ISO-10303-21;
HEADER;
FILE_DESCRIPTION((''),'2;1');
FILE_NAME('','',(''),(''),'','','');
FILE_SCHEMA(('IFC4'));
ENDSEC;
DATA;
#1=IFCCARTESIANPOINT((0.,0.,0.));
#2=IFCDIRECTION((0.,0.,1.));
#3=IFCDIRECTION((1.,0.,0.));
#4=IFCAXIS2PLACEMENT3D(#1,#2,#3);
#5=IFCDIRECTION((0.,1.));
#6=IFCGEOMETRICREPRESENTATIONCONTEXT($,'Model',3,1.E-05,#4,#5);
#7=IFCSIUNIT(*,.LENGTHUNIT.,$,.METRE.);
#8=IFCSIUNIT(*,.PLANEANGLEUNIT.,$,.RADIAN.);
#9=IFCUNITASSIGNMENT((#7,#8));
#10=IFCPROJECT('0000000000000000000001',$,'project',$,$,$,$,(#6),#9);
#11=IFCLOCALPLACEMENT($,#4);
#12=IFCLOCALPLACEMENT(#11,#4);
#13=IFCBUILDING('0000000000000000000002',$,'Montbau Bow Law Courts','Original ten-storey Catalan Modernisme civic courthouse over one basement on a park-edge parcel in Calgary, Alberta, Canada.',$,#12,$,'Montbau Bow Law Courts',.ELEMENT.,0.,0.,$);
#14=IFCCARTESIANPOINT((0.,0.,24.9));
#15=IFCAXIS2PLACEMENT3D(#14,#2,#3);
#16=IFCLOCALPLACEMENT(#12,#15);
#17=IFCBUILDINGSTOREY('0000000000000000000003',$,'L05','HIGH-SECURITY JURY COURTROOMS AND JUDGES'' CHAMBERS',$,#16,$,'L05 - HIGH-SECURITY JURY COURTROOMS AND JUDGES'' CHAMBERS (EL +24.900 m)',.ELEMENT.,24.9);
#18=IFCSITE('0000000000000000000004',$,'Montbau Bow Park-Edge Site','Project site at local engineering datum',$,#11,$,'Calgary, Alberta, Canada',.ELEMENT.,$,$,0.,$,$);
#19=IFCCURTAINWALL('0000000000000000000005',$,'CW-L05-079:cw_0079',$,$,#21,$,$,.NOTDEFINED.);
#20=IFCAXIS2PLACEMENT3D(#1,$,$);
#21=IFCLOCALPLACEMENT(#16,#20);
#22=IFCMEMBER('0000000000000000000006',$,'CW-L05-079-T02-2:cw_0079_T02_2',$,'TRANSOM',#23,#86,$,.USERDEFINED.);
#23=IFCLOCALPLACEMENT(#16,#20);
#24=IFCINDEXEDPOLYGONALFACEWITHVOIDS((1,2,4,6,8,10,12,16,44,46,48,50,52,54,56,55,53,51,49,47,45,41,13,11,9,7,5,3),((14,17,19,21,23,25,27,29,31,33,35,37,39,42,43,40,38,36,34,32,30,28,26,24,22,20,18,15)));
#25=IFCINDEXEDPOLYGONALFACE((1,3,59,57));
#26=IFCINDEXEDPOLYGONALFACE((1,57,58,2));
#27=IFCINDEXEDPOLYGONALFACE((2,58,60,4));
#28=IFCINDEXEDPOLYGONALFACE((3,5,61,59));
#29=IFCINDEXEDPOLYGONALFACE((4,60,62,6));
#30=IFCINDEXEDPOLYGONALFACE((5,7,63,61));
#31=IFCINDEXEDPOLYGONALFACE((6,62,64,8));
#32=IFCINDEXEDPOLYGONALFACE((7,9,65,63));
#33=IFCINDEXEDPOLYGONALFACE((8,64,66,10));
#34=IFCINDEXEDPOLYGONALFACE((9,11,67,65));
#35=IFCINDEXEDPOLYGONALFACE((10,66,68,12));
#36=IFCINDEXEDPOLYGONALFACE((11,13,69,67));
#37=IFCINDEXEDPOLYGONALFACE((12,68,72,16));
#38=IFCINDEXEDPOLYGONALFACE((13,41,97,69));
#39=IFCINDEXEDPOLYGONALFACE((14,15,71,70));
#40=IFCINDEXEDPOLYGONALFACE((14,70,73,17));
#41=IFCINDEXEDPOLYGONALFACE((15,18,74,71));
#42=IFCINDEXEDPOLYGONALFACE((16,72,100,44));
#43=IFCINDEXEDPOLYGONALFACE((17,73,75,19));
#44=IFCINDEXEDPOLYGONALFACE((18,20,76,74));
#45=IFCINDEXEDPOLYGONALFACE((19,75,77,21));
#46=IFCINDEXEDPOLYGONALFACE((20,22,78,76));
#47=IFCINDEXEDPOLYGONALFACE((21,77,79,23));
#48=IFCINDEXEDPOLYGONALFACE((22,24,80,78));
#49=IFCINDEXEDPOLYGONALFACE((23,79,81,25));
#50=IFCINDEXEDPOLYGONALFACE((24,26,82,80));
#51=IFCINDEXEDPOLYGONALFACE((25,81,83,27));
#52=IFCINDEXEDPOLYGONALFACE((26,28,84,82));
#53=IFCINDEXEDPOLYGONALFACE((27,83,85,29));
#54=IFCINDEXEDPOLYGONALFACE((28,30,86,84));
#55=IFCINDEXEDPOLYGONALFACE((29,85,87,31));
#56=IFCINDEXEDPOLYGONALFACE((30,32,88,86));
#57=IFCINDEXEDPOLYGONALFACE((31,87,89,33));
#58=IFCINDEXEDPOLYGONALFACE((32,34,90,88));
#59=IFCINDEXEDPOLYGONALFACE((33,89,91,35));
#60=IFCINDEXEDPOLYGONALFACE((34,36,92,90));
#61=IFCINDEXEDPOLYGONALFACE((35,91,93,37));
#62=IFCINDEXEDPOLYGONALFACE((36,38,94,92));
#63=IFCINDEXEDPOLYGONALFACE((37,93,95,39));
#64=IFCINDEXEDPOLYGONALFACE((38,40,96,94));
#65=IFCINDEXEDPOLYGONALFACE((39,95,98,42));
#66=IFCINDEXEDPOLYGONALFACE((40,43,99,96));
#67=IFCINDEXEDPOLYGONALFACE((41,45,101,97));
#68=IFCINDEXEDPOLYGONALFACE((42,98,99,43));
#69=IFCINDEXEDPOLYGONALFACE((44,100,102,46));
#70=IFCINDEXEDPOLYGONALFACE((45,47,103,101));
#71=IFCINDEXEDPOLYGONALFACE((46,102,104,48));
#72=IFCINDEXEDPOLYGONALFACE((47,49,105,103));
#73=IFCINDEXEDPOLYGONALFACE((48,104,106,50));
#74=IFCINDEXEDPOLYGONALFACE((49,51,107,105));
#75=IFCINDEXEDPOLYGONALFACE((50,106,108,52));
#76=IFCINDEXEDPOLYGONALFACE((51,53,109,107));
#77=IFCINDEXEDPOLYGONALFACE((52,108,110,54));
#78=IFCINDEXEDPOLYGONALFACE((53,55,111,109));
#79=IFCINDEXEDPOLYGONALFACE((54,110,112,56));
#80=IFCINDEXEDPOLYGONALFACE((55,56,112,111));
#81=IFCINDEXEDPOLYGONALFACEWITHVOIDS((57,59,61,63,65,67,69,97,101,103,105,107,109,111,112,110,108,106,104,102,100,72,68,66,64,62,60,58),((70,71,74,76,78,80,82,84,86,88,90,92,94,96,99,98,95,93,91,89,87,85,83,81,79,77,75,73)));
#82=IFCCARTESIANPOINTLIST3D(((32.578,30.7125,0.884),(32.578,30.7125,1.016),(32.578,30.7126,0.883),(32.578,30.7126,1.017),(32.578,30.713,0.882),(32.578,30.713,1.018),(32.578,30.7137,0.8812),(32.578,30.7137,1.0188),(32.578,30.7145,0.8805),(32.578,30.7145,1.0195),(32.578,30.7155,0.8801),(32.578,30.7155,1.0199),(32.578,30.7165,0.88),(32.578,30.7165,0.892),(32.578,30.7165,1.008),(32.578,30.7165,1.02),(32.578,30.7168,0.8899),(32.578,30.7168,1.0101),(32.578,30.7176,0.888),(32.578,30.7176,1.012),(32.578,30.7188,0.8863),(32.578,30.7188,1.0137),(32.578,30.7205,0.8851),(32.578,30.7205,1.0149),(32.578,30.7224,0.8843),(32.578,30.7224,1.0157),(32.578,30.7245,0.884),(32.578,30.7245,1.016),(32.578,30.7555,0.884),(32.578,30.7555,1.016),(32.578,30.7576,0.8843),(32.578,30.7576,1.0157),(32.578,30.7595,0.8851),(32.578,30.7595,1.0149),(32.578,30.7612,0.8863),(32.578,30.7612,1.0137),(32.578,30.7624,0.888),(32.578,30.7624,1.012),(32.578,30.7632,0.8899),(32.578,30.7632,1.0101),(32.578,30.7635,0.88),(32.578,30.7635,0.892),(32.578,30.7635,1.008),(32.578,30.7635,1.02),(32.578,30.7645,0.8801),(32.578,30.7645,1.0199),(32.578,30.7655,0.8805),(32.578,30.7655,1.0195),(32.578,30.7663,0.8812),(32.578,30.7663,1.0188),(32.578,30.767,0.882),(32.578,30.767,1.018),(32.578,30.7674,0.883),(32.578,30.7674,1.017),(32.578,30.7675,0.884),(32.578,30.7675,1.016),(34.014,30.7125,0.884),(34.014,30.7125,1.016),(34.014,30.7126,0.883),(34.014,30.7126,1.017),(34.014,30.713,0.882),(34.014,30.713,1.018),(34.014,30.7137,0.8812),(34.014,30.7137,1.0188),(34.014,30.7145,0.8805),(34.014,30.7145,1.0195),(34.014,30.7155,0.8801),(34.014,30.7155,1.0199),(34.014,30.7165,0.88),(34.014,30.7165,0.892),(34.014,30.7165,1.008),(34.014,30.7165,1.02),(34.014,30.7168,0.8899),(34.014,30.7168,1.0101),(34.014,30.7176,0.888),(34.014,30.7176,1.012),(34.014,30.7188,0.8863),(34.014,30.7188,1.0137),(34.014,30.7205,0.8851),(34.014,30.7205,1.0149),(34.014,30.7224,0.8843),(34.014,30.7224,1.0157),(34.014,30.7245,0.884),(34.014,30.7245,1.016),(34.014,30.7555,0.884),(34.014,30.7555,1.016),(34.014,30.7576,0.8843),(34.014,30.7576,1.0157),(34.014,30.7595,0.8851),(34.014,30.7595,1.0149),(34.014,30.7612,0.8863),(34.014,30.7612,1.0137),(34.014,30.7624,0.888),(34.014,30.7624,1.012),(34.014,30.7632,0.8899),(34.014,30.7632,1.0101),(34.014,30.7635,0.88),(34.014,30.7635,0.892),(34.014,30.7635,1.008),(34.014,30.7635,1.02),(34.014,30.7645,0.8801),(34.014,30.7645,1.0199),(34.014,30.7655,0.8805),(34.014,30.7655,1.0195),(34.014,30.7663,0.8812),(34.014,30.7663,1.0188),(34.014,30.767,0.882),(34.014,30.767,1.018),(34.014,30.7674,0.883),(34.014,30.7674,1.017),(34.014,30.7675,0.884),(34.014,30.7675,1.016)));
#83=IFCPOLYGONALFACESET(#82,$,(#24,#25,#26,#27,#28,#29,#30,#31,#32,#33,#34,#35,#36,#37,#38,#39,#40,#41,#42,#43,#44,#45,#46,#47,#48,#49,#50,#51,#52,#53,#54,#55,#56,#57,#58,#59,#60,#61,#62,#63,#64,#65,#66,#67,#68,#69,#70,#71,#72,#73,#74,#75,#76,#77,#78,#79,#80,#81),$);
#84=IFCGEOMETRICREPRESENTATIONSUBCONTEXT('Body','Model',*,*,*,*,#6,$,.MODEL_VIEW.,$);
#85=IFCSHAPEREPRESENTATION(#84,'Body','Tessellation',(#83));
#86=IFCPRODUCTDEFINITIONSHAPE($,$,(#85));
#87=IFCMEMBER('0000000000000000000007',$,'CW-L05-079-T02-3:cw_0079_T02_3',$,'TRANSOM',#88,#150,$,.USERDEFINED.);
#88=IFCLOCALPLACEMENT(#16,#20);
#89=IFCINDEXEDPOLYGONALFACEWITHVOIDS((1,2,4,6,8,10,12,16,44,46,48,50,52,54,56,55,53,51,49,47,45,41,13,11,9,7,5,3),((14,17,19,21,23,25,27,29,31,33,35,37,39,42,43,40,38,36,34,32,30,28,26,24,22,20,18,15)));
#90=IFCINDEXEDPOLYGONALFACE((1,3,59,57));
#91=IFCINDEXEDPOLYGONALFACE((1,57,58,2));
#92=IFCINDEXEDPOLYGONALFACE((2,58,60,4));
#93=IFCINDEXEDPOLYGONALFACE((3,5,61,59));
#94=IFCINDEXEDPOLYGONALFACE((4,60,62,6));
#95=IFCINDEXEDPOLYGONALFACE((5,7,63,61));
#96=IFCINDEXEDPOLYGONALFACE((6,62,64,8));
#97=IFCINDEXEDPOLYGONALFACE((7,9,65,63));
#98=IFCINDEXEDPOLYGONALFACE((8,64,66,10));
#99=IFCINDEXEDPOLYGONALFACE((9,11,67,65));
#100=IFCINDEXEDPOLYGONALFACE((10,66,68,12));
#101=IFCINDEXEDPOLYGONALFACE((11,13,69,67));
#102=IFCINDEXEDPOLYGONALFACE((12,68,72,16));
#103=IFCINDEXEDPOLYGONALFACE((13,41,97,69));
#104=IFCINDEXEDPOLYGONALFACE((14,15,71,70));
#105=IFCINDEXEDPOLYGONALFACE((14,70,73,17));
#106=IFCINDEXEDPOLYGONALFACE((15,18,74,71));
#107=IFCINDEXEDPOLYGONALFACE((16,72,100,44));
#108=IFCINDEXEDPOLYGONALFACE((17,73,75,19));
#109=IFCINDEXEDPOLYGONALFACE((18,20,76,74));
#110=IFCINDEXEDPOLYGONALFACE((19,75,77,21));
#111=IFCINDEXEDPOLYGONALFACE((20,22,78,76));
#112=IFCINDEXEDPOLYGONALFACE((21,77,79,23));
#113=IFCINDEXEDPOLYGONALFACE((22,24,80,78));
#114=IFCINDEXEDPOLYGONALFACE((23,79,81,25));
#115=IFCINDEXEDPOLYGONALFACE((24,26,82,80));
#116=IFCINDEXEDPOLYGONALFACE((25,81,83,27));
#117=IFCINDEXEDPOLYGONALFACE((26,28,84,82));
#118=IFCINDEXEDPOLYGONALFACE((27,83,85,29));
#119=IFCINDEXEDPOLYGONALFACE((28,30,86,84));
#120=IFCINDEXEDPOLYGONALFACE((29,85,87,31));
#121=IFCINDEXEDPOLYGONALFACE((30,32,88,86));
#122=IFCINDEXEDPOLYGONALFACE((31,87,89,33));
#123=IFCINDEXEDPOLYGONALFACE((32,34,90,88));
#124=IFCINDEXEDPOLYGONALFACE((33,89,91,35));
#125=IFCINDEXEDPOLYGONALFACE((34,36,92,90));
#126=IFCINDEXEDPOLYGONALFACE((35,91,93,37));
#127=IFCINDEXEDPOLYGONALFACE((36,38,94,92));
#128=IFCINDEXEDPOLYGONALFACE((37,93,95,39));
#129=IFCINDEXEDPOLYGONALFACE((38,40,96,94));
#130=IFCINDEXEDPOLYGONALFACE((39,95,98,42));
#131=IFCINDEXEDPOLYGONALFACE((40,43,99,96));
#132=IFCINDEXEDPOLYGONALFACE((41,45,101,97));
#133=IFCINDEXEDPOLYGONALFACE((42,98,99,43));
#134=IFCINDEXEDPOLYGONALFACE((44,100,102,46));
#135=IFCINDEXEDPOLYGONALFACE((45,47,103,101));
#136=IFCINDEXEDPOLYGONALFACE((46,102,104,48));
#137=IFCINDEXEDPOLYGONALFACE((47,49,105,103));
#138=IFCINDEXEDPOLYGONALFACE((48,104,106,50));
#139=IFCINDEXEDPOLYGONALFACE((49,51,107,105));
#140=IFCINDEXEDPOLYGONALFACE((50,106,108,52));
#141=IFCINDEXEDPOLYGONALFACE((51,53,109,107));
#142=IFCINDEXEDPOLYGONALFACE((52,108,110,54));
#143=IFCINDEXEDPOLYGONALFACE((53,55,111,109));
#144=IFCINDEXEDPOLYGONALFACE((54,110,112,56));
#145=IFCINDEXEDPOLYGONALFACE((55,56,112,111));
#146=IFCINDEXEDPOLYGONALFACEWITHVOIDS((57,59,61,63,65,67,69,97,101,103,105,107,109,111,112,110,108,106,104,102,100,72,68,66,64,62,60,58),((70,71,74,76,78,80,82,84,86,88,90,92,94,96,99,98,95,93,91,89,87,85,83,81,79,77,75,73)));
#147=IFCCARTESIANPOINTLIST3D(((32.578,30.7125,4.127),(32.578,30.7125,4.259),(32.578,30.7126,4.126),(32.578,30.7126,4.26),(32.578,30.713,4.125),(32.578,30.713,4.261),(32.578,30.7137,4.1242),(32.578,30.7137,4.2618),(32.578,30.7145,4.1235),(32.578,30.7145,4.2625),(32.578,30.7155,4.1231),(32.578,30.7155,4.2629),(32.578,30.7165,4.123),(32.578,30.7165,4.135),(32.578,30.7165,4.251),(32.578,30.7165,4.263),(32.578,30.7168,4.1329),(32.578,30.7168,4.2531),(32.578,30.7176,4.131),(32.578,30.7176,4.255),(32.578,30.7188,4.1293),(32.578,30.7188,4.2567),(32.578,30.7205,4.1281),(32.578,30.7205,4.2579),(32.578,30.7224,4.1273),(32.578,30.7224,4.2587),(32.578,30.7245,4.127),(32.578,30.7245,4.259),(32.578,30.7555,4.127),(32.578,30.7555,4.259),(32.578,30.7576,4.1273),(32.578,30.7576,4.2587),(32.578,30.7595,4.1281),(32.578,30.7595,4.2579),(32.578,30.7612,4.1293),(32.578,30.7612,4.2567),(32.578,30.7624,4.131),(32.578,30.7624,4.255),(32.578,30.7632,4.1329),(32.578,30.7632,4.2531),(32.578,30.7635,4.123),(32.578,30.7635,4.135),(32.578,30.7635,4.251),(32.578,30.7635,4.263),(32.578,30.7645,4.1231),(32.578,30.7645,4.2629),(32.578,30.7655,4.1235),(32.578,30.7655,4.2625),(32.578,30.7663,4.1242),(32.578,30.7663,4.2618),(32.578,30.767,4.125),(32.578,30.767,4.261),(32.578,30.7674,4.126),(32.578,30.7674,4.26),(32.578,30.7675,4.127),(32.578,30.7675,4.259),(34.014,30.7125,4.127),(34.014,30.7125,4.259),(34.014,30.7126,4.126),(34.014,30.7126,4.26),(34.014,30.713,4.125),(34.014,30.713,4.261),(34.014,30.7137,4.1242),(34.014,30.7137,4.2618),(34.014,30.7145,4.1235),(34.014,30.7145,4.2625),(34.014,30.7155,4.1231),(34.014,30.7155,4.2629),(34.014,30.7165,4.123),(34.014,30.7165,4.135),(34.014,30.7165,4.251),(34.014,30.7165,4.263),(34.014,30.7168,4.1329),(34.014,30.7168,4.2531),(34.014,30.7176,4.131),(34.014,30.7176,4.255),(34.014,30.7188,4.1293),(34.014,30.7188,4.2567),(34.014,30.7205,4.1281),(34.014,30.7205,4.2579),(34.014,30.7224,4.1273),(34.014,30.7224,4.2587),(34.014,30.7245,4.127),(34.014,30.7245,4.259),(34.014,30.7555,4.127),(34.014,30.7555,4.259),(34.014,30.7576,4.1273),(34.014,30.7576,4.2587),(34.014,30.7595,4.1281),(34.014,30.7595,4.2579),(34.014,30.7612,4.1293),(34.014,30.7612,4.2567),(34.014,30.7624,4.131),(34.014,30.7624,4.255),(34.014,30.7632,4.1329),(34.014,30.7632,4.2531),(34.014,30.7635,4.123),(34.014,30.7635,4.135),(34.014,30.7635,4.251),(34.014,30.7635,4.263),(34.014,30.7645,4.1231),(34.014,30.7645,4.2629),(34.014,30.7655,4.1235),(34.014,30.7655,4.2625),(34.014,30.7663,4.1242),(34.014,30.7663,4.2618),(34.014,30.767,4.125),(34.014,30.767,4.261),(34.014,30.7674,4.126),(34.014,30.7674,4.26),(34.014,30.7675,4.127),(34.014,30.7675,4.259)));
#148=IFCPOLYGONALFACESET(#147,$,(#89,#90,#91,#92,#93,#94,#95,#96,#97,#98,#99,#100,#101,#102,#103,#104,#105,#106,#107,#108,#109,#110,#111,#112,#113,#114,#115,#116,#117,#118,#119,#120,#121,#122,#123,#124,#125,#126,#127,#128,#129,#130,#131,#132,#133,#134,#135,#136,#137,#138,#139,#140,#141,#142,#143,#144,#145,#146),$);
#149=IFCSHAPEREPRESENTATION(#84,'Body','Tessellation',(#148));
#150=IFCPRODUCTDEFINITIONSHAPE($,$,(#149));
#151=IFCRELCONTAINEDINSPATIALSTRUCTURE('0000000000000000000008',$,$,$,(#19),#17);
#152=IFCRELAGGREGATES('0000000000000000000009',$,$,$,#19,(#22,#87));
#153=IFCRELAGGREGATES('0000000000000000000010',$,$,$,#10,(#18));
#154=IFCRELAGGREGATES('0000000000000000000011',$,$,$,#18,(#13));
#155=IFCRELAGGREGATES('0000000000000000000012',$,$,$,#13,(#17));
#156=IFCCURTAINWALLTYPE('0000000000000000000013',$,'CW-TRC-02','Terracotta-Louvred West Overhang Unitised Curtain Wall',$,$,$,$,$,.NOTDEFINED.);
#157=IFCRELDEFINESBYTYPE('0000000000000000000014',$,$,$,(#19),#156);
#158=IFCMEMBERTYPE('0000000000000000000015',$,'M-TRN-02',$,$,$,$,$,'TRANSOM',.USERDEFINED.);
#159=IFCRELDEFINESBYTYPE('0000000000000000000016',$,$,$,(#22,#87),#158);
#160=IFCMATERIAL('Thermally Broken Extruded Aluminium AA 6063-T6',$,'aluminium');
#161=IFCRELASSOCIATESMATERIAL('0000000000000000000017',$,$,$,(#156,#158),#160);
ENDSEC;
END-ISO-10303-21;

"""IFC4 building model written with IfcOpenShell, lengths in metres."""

from ifc_helpers import new_model, si_unit, direction, frame, origin_with_axes, origin_2d_with_axis, place, context, subcontext, project, spatial, hollow_rectangle, extrude, material, material_profile, profile_set, type_object, element, aggregate, save


model = new_model("IFC4")

# Units and contexts
model_context = context("Model", 3, precision=1e-05, world=origin_with_axes(), true_north=direction((0.0, 1.0)))
body_context = subcontext(model_context, "Body", "Model", "MODEL_VIEW")
ifc_project = project(units=[si_unit("LENGTHUNIT", "METRE"), si_unit("PLANEANGLEUNIT", "RADIAN")], contexts=[model_context])

# Site, building, storey
site_placement = place(None, origin_with_axes())
site = spatial("IfcSite", under=ifc_project, at=site_placement, Name="Montbau Bow Park-Edge Site", Description="Project site at local engineering datum", LongName="Calgary, Alberta, Canada", CompositionType="ELEMENT", RefElevation=0.0)
building_placement = place(site_placement, origin_with_axes())
building = spatial("IfcBuilding", under=site, at=building_placement, Name="Montbau Bow Law Courts", Description="Original ten-storey Catalan Modernisme civic courthouse over one basement on a park-edge parcel in Calgary, Alberta, Canada.", LongName="Montbau Bow Law Courts", CompositionType="ELEMENT", ElevationOfRefHeight=0.0, ElevationOfTerrain=0.0)
storey_placement = place(building_placement, frame((0.0, 0.0, 24.9), z_axis=(0.0, 0.0, 1.0), x_axis=(1.0, 0.0, 0.0)))
storey = spatial("IfcBuildingStorey", under=building, at=storey_placement, Name="L05", Description="HIGH-SECURITY JURY COURTROOMS AND JUDGES' CHAMBERS", LongName="L05 - HIGH-SECURITY JURY COURTROOMS AND JUDGES' CHAMBERS (EL +24.900 m)", CompositionType="ELEMENT", Elevation=24.9)

# Shared definitions
ifc_material_1 = material(Name="Thermally Broken Extruded Aluminium AA 6063-T6", Category="aluminium")
curtain_wall_type = type_object("IfcCurtainWallType", Name="CW-TRC-02", Description="Terracotta-Louvred West Overhang Unitised Curtain Wall", PredefinedType="NOTDEFINED", material=ifc_material_1)

# Curtain wall
curtain_wall_1_placement = place(None, frame((31.04, 30.74, 24.9), z_axis=(0.0, 0.0, 1.0), x_axis=(1.0, 0.0, 0.0)))
curtain_wall_1 = element("IfcCurtainWall", 1, at=curtain_wall_1_placement, inside=storey, type_object=curtain_wall_type, Name="CW-L05-079:cw_0079", PredefinedType="NOTDEFINED")

# Members
ifc_material_profile_1 = material_profile(ifc_material_1, hollow_rectangle(XDim=0.055, YDim=0.14, WallThickness=0.004, InnerFilletRadius=0.008, OuterFilletRadius=0.004, at=origin_2d_with_axis()), Name="CWT-140X55", Category="Main", Priority=0)
ifc_profile_set_1 = profile_set([ifc_material_profile_1], Name="Thermally Broken Extruded Aluminium AA 6063-T6")
member_type_1 = type_object("IfcMemberType", Name="M-TRN-02", ElementType="TRANSOM", PredefinedType="USERDEFINED", material=ifc_profile_set_1)
member_1_placement = place(None, frame((32.578, 30.74, 25.85), z_axis=(1.0, 0.0, 0.0), x_axis=(0.0, 1.0, 0.0)))
member_1 = element("IfcMember", 2, at=member_1_placement, type_object=member_type_1, Name="CW-L05-079-T02-2:cw_0079_T02_2", ObjectType="TRANSOM", PredefinedType="USERDEFINED", context=body_context, shape_type="SweptSolid", body=[
    extrude(hollow_rectangle(XDim=0.055, YDim=0.14, WallThickness=0.004, InnerFilletRadius=0.008, OuterFilletRadius=0.004, at=origin_2d_with_axis()), origin_with_axes(), (0.0, 0.0, 1.0), 1.436),
])
member_2_placement = place(None, frame((32.578, 30.74, 29.093), z_axis=(1.0, 0.0, 0.0), x_axis=(0.0, 1.0, 0.0)))
member_2 = element("IfcMember", 3, at=member_2_placement, type_object=member_type_1, Name="CW-L05-079-T02-3:cw_0079_T02_3", ObjectType="TRANSOM", PredefinedType="USERDEFINED", context=body_context, shape_type="SweptSolid", body=[
    extrude(hollow_rectangle(XDim=0.055, YDim=0.14, WallThickness=0.004, InnerFilletRadius=0.008, OuterFilletRadius=0.004, at=origin_2d_with_axis()), origin_with_axes(), (0.0, 0.0, 1.0), 1.436),
])

aggregate(curtain_wall_1, [member_1, member_2])

save(model, "model.ifc")
